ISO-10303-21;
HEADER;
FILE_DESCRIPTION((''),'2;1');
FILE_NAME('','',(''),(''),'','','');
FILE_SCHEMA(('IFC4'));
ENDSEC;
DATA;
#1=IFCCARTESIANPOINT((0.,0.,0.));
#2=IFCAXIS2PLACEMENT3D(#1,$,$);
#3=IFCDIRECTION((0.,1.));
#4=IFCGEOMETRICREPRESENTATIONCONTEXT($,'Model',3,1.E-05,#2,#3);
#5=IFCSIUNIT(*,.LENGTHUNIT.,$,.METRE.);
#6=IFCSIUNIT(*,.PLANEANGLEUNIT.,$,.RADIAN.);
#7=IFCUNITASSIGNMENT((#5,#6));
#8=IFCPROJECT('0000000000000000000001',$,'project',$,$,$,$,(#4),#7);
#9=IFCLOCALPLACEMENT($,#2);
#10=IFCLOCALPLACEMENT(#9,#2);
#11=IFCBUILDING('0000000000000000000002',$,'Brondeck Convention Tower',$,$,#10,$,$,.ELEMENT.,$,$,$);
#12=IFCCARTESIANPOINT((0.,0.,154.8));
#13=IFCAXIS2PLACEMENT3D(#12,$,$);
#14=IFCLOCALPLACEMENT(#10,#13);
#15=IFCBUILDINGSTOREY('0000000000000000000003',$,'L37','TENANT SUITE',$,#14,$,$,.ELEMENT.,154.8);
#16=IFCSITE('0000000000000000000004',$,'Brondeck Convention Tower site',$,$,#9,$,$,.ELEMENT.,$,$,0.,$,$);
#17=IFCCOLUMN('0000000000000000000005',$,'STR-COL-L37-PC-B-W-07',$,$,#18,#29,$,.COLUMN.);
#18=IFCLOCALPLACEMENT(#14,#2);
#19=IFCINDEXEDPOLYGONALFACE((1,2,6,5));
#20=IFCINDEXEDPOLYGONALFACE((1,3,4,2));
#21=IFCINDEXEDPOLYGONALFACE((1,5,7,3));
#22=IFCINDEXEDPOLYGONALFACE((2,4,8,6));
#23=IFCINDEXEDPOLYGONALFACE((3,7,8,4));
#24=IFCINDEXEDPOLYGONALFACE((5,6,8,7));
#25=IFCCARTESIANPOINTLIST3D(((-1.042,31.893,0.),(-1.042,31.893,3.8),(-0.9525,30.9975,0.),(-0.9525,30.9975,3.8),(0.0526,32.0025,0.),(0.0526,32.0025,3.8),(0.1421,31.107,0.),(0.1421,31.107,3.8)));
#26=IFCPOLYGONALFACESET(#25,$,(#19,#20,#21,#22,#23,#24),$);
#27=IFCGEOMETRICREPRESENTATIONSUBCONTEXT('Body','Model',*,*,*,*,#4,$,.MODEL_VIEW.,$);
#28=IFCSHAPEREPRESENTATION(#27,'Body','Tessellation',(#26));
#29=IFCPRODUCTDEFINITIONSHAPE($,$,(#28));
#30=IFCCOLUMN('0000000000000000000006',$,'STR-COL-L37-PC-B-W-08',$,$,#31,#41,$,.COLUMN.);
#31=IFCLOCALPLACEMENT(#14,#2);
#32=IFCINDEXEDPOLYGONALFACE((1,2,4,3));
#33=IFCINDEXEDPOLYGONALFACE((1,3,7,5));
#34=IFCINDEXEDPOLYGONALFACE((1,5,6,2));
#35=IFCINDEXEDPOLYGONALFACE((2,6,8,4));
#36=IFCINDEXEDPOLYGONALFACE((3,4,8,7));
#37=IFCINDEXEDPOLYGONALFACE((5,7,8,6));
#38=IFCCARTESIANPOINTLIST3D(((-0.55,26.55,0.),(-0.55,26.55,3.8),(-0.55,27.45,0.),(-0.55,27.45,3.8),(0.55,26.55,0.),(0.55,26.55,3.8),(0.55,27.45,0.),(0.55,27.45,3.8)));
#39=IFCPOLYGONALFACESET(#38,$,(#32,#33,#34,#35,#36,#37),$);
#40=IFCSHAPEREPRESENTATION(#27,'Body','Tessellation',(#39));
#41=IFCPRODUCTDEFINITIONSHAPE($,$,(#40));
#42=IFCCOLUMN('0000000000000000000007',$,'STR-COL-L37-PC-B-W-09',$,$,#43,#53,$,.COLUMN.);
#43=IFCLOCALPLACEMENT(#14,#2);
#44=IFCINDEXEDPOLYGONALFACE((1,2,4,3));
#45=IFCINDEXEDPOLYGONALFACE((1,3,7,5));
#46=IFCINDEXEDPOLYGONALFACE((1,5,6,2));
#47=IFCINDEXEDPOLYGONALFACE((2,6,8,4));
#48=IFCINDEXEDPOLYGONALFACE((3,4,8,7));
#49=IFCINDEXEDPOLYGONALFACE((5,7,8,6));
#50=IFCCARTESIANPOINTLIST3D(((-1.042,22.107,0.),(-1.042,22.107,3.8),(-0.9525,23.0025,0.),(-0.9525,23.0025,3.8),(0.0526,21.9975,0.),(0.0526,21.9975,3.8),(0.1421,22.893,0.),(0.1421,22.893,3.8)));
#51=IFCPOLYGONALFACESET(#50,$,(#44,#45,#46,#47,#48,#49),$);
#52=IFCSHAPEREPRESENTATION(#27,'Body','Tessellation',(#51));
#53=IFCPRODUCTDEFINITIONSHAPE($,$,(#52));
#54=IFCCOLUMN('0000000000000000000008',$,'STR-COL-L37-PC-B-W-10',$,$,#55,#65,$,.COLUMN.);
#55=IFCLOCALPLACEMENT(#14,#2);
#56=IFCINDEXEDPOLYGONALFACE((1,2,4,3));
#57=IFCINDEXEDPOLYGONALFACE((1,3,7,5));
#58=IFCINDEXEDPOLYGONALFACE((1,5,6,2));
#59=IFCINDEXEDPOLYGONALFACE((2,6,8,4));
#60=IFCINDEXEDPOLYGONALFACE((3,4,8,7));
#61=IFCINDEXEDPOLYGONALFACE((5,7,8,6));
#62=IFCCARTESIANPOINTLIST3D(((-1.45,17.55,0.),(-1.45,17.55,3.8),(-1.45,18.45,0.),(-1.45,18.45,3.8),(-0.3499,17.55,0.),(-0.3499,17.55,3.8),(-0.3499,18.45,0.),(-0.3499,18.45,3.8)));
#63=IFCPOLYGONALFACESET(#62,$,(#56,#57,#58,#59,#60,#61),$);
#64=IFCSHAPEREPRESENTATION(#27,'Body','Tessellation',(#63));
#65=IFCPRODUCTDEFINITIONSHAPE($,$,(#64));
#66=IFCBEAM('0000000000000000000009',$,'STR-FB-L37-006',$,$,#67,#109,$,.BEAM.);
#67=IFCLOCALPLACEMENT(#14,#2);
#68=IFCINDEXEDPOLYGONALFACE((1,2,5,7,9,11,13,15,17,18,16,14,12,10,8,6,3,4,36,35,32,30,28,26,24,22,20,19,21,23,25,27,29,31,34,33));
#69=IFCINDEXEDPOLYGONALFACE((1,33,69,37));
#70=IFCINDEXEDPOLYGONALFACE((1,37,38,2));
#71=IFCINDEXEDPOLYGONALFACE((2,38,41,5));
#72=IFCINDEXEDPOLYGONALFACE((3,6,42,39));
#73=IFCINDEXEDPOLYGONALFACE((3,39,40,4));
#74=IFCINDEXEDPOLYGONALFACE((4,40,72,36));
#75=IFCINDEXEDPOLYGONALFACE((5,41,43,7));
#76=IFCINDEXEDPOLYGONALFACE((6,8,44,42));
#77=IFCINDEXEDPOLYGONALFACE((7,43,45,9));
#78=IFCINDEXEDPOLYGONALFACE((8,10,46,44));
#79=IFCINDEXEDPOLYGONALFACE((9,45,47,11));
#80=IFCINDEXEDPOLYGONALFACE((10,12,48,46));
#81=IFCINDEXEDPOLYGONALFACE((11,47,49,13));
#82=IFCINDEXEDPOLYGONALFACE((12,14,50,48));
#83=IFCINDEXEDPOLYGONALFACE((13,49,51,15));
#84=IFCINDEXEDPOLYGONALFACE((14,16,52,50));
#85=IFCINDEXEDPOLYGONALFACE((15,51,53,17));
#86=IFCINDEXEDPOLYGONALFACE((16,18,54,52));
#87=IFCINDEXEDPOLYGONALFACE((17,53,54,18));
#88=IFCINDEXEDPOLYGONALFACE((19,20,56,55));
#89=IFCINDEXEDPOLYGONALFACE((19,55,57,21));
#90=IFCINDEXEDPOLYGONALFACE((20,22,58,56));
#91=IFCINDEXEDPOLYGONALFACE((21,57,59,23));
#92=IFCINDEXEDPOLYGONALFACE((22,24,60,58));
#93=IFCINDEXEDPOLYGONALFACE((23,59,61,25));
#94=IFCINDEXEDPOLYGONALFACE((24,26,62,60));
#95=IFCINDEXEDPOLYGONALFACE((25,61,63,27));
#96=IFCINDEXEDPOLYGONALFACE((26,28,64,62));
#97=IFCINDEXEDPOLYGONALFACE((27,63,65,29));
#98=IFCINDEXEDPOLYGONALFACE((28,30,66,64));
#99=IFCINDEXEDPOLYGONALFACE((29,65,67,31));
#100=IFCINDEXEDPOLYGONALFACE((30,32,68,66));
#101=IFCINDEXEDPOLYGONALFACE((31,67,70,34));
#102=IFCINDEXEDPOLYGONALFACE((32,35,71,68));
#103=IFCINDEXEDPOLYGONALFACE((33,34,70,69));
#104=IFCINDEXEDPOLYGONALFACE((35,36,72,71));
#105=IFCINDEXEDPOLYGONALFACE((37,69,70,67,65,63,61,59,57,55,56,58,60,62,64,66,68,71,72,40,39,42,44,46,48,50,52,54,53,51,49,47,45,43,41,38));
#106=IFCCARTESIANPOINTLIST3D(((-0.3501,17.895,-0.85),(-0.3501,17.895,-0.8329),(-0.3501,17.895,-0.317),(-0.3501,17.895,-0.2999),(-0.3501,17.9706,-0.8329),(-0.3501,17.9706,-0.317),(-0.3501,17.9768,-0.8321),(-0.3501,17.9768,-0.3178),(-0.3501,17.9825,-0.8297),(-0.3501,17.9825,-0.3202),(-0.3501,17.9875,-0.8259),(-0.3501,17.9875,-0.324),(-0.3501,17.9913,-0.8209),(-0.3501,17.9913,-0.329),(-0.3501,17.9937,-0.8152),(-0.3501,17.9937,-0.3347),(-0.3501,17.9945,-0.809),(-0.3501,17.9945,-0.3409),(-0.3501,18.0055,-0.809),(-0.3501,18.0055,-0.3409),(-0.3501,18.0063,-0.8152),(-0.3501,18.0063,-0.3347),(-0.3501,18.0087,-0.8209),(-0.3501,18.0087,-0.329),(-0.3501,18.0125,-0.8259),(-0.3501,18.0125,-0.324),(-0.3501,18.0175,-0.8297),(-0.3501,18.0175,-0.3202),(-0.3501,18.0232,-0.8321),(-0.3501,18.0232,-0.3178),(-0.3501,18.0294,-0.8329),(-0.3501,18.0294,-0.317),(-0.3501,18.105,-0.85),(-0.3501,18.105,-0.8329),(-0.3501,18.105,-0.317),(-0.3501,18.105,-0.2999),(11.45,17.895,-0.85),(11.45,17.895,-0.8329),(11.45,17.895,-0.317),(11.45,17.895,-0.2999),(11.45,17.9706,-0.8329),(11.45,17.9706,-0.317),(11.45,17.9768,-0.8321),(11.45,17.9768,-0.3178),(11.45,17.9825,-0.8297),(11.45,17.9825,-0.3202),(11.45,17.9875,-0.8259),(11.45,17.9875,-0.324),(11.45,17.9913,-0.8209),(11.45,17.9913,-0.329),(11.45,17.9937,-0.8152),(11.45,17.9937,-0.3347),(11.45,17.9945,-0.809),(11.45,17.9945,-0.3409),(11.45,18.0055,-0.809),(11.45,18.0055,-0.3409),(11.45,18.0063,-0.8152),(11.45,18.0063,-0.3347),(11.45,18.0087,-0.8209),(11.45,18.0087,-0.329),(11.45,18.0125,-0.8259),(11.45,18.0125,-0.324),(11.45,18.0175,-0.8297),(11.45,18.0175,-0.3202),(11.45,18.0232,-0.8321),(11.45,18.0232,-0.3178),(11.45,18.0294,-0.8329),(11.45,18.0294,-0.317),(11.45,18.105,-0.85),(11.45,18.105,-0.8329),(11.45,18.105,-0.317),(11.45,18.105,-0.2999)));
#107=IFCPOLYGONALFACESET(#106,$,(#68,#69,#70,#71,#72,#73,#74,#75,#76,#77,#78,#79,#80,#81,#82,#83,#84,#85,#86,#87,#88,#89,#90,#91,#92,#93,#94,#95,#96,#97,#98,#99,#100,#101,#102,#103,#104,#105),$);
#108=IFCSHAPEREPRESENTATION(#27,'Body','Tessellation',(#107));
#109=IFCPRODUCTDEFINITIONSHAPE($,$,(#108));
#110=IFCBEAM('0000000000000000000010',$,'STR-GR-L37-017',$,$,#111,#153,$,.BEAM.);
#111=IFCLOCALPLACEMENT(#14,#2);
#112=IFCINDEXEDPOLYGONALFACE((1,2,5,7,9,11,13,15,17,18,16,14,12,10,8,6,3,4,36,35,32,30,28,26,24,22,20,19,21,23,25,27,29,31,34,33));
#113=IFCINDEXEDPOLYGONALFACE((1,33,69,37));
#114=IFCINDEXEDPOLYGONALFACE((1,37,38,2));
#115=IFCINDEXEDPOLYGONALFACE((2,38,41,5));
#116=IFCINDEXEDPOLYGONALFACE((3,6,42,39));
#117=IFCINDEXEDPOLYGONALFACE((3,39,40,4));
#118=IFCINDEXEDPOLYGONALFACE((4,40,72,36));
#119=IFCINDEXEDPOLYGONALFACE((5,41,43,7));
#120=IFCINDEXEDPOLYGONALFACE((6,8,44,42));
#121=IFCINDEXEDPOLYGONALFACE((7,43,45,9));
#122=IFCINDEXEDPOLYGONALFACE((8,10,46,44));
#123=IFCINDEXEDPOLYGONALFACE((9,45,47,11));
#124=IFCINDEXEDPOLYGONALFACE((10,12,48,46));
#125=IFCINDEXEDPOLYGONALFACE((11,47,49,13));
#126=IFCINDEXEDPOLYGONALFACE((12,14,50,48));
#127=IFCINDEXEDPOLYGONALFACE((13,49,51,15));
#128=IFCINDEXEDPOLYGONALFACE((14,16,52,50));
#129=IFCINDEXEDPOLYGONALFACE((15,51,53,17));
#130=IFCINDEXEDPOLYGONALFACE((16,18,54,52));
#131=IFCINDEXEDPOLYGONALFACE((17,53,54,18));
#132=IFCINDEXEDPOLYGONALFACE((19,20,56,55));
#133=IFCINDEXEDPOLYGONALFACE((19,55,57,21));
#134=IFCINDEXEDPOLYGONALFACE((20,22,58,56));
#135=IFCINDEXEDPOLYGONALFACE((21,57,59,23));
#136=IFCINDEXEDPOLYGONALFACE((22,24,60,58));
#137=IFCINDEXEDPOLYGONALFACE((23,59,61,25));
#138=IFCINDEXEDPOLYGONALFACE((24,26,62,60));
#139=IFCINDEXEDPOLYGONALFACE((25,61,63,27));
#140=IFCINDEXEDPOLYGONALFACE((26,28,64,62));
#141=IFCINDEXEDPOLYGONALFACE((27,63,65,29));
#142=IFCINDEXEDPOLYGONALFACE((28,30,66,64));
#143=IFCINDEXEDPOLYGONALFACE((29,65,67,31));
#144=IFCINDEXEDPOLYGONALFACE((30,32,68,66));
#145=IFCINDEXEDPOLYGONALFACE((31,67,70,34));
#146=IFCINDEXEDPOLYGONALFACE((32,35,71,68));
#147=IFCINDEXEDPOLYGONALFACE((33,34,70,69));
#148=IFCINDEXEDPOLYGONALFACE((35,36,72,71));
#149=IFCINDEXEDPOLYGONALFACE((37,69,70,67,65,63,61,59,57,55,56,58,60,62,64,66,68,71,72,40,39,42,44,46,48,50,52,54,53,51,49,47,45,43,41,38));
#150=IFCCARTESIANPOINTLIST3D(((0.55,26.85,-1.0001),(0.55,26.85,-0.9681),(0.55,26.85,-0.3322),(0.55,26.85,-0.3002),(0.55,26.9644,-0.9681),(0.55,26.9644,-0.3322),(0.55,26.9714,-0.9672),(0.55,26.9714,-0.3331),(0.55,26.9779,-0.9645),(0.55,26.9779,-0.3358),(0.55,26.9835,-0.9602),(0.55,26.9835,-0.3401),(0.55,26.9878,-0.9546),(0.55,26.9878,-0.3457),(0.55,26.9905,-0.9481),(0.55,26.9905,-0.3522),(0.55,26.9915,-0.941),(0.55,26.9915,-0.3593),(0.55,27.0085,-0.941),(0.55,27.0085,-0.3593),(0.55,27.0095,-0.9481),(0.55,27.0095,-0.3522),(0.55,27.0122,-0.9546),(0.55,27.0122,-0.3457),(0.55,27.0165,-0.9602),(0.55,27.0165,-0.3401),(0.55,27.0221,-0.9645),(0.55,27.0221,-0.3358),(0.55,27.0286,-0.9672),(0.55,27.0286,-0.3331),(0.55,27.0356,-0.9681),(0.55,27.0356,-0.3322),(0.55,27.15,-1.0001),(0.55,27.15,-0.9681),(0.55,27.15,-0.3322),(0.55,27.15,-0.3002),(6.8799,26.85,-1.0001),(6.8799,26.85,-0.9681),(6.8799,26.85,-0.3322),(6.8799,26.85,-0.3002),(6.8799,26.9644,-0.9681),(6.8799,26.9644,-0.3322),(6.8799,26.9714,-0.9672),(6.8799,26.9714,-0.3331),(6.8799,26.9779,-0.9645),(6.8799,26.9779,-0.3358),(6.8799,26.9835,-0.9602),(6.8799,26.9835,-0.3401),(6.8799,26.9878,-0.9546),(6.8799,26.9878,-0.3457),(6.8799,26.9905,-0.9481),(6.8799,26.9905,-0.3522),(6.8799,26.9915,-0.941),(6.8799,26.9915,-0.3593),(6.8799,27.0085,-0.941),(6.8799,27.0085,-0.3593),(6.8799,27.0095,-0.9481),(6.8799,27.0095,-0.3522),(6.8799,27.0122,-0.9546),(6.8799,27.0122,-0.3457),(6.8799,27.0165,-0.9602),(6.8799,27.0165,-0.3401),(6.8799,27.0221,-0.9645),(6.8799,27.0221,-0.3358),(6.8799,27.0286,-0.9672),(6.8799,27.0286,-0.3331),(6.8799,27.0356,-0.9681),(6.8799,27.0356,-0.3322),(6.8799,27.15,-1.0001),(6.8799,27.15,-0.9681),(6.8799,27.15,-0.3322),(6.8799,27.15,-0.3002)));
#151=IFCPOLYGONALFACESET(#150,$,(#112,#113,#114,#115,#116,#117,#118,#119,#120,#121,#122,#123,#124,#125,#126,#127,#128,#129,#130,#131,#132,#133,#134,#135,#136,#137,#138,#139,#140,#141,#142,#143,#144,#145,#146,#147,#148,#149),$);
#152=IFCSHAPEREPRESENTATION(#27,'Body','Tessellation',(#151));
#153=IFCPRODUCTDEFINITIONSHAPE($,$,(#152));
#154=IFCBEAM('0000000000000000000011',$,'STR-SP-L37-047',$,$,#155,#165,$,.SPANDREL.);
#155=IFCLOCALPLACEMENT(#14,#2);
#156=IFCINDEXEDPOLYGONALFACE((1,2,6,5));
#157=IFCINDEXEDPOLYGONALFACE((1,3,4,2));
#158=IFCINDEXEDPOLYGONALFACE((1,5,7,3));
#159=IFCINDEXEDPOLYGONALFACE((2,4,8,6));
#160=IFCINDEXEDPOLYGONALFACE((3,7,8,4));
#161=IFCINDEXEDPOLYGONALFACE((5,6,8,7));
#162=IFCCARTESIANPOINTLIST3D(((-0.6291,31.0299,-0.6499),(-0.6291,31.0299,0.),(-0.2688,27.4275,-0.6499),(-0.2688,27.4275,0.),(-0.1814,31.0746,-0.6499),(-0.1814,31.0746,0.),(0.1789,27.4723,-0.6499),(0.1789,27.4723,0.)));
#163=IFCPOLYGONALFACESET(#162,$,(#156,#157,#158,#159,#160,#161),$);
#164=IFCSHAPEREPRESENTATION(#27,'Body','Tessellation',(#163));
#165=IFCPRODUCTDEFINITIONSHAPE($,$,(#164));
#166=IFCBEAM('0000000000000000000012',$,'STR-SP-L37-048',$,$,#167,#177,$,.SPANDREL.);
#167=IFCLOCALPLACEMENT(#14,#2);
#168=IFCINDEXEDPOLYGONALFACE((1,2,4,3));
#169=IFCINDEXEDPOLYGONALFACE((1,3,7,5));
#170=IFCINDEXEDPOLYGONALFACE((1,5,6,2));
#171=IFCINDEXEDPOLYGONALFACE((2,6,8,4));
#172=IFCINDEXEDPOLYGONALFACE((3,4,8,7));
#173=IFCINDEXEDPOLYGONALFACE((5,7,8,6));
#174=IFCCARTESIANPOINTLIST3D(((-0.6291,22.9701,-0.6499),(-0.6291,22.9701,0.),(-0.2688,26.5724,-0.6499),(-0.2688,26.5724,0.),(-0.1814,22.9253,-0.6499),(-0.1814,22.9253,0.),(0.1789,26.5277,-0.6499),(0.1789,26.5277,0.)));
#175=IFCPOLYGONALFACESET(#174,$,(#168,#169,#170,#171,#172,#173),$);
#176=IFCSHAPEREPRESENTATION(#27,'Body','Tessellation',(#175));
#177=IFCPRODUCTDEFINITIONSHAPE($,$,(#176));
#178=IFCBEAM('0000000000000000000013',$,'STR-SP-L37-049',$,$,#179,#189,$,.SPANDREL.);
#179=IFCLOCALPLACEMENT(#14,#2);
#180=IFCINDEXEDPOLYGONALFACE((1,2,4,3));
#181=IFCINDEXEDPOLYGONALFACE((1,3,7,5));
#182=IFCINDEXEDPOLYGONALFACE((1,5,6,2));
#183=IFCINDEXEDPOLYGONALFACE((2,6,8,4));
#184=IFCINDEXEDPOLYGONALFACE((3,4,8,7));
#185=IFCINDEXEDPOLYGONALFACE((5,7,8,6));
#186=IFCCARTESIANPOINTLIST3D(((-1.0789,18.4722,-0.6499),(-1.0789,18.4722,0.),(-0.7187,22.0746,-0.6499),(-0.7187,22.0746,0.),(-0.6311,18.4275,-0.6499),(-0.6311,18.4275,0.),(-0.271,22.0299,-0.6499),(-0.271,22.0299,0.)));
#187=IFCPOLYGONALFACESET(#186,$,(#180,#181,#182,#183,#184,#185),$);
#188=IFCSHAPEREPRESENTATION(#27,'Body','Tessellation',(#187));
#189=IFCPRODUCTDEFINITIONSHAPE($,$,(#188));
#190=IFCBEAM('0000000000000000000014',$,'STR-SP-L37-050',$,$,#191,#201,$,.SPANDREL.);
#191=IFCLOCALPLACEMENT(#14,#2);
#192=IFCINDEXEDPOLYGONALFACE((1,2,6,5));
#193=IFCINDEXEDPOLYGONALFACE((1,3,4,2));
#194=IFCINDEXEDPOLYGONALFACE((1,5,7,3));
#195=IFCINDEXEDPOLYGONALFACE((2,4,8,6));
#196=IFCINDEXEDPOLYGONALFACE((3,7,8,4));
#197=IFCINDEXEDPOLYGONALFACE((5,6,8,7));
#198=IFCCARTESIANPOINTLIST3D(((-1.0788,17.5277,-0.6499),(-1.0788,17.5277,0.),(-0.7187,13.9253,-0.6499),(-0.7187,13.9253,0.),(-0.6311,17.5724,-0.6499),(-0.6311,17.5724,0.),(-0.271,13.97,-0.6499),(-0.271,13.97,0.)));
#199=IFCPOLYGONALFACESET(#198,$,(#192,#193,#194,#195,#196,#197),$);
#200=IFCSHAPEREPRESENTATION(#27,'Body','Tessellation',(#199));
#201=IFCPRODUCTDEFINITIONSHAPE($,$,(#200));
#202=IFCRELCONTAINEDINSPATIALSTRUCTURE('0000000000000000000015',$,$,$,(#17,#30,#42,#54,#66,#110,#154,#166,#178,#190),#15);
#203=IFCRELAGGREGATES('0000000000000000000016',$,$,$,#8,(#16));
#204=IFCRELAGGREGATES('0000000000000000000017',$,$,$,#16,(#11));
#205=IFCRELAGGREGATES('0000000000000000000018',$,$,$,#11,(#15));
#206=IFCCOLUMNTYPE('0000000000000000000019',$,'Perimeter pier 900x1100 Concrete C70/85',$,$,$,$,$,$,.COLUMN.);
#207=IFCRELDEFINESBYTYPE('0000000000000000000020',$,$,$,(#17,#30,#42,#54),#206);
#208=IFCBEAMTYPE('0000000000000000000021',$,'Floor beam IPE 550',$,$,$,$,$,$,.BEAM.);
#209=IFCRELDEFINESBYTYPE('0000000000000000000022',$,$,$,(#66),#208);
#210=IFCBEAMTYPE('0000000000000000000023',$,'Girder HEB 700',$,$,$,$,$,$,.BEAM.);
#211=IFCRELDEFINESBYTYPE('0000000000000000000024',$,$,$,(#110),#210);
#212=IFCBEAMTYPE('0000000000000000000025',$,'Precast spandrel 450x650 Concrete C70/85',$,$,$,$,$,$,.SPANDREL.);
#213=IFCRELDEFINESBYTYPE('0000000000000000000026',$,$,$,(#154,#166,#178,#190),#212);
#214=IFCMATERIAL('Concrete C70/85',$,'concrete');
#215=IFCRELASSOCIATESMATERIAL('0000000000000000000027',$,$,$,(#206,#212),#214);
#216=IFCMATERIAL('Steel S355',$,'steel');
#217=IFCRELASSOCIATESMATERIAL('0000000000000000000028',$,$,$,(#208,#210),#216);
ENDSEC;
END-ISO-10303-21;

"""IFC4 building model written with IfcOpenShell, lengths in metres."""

from ifc_helpers import new_model, si_unit, direction, frame, origin, origin_2d, place, context, subcontext, project, spatial, rectangle, i_section, extrude, material, material_profile, profile_set, type_object, element, save


model = new_model("IFC4")

# Units and contexts
model_context = context("Model", 3, precision=1e-05, world=origin(), true_north=direction((0.0, 1.0)))
body_context = subcontext(model_context, "Body", "Model", "MODEL_VIEW")
ifc_project = project(units=[si_unit("LENGTHUNIT", "METRE"), si_unit("PLANEANGLEUNIT", "RADIAN")], contexts=[model_context])

# Site, building, storey
site_placement = place(None, origin())
site = spatial("IfcSite", under=ifc_project, at=site_placement, Name="Brondeck Convention Tower site", CompositionType="ELEMENT", RefElevation=0.0)
building_placement = place(site_placement, origin())
building = spatial("IfcBuilding", under=site, at=building_placement, Name="Brondeck Convention Tower", CompositionType="ELEMENT")
storey_placement = place(building_placement, frame((0.0, 0.0, 154.8)))
storey = spatial("IfcBuildingStorey", under=building, at=storey_placement, Name="L37", Description="TENANT SUITE", CompositionType="ELEMENT", Elevation=154.8)

# Columns
ifc_material_1 = material(Name="Concrete C70/85", Category="concrete")
ifc_material_profile_1 = material_profile(ifc_material_1, rectangle(XDim=0.8999, YDim=1.1001, at=origin_2d()), Name="Perimeter pier 900x1100 Concrete C70/85")
ifc_profile_set_1 = profile_set([ifc_material_profile_1], Name="Concrete C70/85")
column_type = type_object("IfcColumnType", Name="Perimeter pier 900x1100 Concrete C70/85", PredefinedType="COLUMN", material=ifc_profile_set_1)
for number, where, z_axis, x_axis, name in (
    (1, (-0.45, 31.5, 0.0), (0.0, 0.0, 1.0), (0.099504, -0.995037, 0.0), "STR-COL-L37-PC-B-W-07"),
    (2, (0.0, 27.0, 0.0), (0.0, 0.0, 1.0), (0.0, -1.0, 0.0), "STR-COL-L37-PC-B-W-08"),
    (3, (-0.45, 22.5, 0.0), (0.0, 0.0, 1.0), (-0.099504, -0.995037, 0.0), "STR-COL-L37-PC-B-W-09"),
    (4, (-0.8999, 18.0, 0.0), (0.0, 0.0, 1.0), (0.0, -1.0, 0.0), "STR-COL-L37-PC-B-W-10"),
):
    element("IfcColumn", number, at=place(storey_placement, frame(where, z_axis=z_axis, x_axis=x_axis)), inside=storey, type_object=column_type, Name=name, PredefinedType="COLUMN", context=body_context, shape_type="SweptSolid", body=[
        extrude(rectangle(XDim=0.8999, YDim=1.1001, at=origin_2d()), origin(), (0.0, 0.0, 1.0), 3.8),
    ])

# Beams
ifc_material_2 = material(Name="Steel S355", Category="steel")
ifc_material_profile_2 = material_profile(ifc_material_2, i_section(OverallWidth=0.21, OverallDepth=0.55, WebThickness=0.011, FlangeThickness=0.0171, FilletRadius=0.0239, at=origin_2d()), Name="IPE 550")
ifc_profile_set_2 = profile_set([ifc_material_profile_2], Name="Steel S355")
beam_type_1 = type_object("IfcBeamType", Name="Floor beam IPE 550", PredefinedType="BEAM", material=ifc_profile_set_2)
beam_1_placement = place(storey_placement, frame((-0.3501, 18.0, -0.575), z_axis=(1.0, 0.0, 0.0), x_axis=(0.0, 1.0, 0.0)))
element("IfcBeam", 5, at=beam_1_placement, inside=storey, type_object=beam_type_1, Name="STR-FB-L37-006", PredefinedType="BEAM", context=body_context, shape_type="SweptSolid", body=[
    extrude(i_section(OverallWidth=0.21, OverallDepth=0.55, WebThickness=0.011, FlangeThickness=0.0171, FilletRadius=0.0239, at=origin_2d()), origin(), (0.0, 0.0, 1.0), 11.8),
])
ifc_material_profile_3 = material_profile(ifc_material_2, i_section(OverallWidth=0.3, OverallDepth=0.7, WebThickness=0.0171, FlangeThickness=0.032, FilletRadius=0.0271, at=origin_2d()), Name="HEB 700")
ifc_profile_set_3 = profile_set([ifc_material_profile_3], Name="Steel S355")
beam_type_2 = type_object("IfcBeamType", Name="Girder HEB 700", PredefinedType="BEAM", material=ifc_profile_set_3)
beam_2_placement = place(storey_placement, frame((0.55, 27.0, -0.6501), z_axis=(1.0, 0.0, 0.0), x_axis=(0.0, 1.0, 0.0)))
element("IfcBeam", 6, at=beam_2_placement, inside=storey, type_object=beam_type_2, Name="STR-GR-L37-017", PredefinedType="BEAM", context=body_context, shape_type="SweptSolid", body=[
    extrude(i_section(OverallWidth=0.3, OverallDepth=0.7, WebThickness=0.0171, FlangeThickness=0.032, FilletRadius=0.0271, at=origin_2d()), origin(), (0.0, 0.0, 1.0), 6.3298),
])
ifc_material_profile_4 = material_profile(ifc_material_1, rectangle(XDim=0.45, YDim=0.6499, at=origin_2d()), Name="Precast spandrel 450x650 Concrete C70/85")
ifc_profile_set_4 = profile_set([ifc_material_profile_4], Name="Concrete C70/85")
beam_type_3 = type_object("IfcBeamType", Name="Precast spandrel 450x650 Concrete C70/85", PredefinedType="SPANDREL", material=ifc_profile_set_4)
for number, where, z_axis, x_axis, name in (
    (7, (-0.4053, 31.0522, -0.325), (0.099537, -0.995034, 0.0), (0.995034, 0.099537, 0.0), "STR-SP-L37-047"),
    (8, (-0.0449, 26.55, -0.325), (-0.099537, -0.995034, 0.0), (0.995034, -0.099537, 0.0), "STR-SP-L37-048"),
    (9, (-0.4949, 22.0522, -0.325), (-0.09947, -0.995041, 0.0), (0.995041, -0.09947, 0.0), "STR-SP-L37-049"),
    (10, (-0.855, 17.55, -0.325), (0.09947, -0.995041, 0.0), (0.995041, 0.09947, 0.0), "STR-SP-L37-050"),
):
    element("IfcBeam", number, at=place(storey_placement, frame(where, z_axis=z_axis, x_axis=x_axis)), inside=storey, type_object=beam_type_3, Name=name, PredefinedType="SPANDREL", context=body_context, shape_type="SweptSolid", body=[
        extrude(rectangle(XDim=0.45, YDim=0.6499, at=origin_2d()), origin(), (0.0, 0.0, 1.0), 3.6204),
    ])

save(model, "model.ifc")
